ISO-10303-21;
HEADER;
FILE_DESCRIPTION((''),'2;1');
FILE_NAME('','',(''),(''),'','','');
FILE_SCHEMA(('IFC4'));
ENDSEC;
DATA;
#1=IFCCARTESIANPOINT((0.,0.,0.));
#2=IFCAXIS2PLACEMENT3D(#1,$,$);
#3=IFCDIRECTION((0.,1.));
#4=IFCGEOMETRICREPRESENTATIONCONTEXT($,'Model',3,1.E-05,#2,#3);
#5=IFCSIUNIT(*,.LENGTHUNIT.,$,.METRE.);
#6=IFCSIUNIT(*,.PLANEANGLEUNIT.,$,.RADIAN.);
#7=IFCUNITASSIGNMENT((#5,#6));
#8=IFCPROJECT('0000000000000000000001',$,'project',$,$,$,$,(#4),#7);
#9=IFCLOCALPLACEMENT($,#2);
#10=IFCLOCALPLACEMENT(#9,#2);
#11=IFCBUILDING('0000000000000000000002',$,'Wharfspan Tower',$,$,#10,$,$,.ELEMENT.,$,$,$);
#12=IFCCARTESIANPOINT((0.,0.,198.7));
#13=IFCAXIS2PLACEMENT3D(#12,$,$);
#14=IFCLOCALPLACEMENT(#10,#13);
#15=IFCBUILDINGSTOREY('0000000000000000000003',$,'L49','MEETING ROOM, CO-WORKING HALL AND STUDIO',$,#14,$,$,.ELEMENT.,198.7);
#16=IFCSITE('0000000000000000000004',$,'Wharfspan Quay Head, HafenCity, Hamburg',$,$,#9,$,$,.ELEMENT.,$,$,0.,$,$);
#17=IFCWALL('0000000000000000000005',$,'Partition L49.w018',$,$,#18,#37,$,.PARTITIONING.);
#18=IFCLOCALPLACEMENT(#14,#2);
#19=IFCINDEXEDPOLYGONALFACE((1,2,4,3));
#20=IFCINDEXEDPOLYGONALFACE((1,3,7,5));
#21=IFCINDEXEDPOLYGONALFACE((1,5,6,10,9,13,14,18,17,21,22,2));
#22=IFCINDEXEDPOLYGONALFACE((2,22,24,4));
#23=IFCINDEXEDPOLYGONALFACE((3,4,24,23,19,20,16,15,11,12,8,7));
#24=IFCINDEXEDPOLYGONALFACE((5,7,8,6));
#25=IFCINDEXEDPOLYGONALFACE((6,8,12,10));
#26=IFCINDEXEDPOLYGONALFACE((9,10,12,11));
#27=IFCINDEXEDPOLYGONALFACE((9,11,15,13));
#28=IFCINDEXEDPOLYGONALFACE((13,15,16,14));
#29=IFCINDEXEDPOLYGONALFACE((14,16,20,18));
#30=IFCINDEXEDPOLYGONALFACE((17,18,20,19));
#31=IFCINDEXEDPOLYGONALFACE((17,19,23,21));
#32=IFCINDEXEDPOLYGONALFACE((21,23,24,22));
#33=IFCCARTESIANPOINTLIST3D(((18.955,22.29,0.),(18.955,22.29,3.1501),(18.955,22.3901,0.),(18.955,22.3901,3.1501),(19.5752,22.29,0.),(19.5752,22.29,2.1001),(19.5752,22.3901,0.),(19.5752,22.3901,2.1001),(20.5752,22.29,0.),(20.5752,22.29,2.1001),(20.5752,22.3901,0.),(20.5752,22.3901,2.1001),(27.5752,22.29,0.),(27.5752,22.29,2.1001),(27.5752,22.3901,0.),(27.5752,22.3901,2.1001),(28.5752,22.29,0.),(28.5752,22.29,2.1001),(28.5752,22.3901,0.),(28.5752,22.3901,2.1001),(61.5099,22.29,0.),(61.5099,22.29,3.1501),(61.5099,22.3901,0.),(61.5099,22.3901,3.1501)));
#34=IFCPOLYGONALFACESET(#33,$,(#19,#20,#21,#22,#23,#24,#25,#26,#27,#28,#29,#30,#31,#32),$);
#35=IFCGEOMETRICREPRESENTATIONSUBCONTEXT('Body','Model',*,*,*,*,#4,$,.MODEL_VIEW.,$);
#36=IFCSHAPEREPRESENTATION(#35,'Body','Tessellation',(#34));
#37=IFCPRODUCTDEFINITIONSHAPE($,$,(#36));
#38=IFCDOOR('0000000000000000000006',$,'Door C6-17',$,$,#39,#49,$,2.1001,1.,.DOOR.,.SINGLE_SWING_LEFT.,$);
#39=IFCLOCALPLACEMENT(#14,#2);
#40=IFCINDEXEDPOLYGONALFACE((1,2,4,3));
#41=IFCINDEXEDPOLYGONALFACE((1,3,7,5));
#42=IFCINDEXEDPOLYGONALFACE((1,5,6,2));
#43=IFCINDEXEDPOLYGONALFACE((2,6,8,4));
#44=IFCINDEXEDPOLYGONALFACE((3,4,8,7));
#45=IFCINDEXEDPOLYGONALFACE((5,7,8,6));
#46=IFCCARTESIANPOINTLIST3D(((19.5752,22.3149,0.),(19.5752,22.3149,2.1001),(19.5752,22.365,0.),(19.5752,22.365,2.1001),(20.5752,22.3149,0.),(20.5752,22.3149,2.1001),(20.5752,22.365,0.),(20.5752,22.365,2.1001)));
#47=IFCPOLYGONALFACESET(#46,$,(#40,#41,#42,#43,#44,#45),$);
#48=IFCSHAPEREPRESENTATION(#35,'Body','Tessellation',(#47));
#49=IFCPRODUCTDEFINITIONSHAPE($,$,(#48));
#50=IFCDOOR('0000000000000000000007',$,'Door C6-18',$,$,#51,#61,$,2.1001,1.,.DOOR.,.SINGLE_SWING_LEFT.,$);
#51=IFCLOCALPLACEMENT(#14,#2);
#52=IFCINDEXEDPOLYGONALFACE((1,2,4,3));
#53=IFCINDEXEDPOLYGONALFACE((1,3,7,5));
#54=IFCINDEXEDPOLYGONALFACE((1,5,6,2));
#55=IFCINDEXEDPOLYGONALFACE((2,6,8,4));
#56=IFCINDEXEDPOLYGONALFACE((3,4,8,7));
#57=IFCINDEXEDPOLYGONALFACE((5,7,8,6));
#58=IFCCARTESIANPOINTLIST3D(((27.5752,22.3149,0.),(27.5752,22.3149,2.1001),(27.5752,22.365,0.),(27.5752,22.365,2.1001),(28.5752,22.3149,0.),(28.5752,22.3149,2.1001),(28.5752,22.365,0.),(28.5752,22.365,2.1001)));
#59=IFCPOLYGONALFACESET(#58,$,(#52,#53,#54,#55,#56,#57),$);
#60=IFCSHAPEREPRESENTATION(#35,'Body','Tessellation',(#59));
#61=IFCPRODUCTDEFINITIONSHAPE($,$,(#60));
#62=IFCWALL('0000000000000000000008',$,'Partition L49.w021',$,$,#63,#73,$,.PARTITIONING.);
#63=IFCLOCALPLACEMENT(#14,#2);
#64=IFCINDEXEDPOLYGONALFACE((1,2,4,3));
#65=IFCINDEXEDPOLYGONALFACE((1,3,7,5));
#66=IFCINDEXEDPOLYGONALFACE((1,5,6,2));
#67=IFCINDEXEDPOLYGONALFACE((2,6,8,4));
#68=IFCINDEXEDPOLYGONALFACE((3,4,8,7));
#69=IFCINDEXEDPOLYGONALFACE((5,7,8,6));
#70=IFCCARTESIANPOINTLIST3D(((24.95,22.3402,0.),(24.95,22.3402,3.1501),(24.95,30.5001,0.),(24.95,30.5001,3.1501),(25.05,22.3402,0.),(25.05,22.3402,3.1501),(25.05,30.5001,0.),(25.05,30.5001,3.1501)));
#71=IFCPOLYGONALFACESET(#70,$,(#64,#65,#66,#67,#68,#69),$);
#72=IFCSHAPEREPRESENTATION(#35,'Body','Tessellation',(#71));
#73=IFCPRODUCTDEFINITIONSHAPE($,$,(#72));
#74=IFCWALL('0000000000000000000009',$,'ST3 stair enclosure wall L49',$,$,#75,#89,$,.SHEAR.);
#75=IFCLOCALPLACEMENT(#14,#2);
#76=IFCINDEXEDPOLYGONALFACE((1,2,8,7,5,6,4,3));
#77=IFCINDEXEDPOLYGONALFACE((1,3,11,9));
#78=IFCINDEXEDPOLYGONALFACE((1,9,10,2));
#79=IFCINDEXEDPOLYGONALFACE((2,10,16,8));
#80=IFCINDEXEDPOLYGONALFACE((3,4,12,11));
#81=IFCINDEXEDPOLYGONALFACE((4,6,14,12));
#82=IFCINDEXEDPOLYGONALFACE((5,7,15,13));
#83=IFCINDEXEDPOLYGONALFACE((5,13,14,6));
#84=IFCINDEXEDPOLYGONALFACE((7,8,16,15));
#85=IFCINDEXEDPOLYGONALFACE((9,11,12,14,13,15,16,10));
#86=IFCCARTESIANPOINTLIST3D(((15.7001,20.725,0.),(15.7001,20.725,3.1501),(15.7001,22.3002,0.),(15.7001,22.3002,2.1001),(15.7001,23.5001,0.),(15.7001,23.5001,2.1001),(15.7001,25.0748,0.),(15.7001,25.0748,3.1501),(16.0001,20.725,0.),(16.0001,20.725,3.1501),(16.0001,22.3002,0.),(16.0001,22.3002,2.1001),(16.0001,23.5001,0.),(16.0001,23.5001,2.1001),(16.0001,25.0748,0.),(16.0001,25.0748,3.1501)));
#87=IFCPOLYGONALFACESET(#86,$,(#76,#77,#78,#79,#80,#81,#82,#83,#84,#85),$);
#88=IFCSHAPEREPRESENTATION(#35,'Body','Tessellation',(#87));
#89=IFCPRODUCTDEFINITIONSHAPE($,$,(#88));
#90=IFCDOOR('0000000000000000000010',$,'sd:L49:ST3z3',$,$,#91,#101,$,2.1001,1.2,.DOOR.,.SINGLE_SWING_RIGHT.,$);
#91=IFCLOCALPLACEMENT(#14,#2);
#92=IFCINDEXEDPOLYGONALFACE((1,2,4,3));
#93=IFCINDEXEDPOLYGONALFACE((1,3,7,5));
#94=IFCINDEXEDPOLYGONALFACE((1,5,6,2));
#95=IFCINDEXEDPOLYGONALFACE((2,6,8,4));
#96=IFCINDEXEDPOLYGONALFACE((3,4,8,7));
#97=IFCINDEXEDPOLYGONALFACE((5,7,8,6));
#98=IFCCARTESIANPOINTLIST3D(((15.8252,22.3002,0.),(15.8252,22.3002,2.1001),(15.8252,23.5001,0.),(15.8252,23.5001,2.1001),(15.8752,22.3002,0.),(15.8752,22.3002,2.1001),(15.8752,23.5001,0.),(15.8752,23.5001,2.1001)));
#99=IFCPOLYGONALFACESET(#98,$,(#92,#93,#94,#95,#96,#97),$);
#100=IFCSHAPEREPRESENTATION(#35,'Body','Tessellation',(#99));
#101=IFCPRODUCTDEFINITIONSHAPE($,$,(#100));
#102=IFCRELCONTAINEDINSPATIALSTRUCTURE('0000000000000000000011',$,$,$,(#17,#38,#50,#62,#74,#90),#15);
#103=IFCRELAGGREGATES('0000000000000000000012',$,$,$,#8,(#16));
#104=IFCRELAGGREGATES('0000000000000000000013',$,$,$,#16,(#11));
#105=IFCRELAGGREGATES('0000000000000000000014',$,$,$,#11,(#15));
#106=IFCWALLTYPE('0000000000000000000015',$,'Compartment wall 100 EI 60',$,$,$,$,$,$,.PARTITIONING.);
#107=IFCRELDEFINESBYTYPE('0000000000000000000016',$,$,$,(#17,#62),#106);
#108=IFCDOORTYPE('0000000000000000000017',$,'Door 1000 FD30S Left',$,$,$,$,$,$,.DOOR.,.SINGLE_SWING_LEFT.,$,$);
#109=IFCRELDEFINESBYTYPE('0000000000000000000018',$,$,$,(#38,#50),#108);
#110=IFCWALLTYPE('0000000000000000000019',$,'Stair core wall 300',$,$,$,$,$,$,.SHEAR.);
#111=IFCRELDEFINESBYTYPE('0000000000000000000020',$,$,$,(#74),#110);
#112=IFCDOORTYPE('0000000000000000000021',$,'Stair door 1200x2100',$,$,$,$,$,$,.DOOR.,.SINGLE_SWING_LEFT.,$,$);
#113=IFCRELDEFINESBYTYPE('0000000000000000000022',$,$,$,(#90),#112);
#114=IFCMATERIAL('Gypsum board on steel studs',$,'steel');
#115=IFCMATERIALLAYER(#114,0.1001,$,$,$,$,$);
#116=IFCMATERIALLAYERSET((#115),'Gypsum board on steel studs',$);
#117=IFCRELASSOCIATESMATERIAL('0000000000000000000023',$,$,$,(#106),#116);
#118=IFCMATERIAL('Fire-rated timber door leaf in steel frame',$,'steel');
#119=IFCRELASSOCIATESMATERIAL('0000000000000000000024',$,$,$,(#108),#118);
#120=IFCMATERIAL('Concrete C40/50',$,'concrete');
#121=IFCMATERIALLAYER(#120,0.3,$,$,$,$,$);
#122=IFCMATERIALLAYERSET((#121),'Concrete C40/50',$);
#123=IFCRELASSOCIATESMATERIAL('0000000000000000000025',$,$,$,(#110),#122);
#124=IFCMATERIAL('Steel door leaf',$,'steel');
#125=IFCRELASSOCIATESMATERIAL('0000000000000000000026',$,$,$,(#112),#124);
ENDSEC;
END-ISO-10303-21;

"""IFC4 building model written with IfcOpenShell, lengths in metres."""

from ifc_helpers import new_model, si_unit, direction, frame, frame_2d, origin, place, context, subcontext, project, spatial, rectangle, extrude, material, layer, layer_set, type_object, element, fill, save


model = new_model("IFC4")

# Units and contexts
model_context = context("Model", 3, precision=1e-05, world=origin(), true_north=direction((0.0, 1.0)))
body_context = subcontext(model_context, "Body", "Model", "MODEL_VIEW")
ifc_project = project(units=[si_unit("LENGTHUNIT", "METRE"), si_unit("PLANEANGLEUNIT", "RADIAN")], contexts=[model_context])

# Site, building, storey
site_placement = place(None, origin())
site = spatial("IfcSite", under=ifc_project, at=site_placement, Name="Wharfspan Quay Head, HafenCity, Hamburg", CompositionType="ELEMENT", RefElevation=0.0)
building_placement = place(site_placement, origin())
building = spatial("IfcBuilding", under=site, at=building_placement, Name="Wharfspan Tower", CompositionType="ELEMENT")
storey_placement = place(building_placement, frame((0.0, 0.0, 198.7)))
storey = spatial("IfcBuildingStorey", under=building, at=storey_placement, Name="L49", Description="MEETING ROOM, CO-WORKING HALL AND STUDIO", CompositionType="ELEMENT", Elevation=198.7)

# Shared definitions
ifc_material_1 = material(Name="Gypsum board on steel studs", Category="steel")
ifc_layer_1 = layer(ifc_material_1, 0.1001)
ifc_layer_set_1 = layer_set([ifc_layer_1], Name="Gypsum board on steel studs")
wall_type_1 = type_object("IfcWallType", Name="Compartment wall 100 EI 60", PredefinedType="PARTITIONING", material=ifc_layer_set_1)
ifc_material_2 = material(Name="Fire-rated timber door leaf in steel frame", Category="steel")

# Wall, openings, doors
wall_1_placement = place(storey_placement, frame((18.9551, 22.3401, 0.0), z_axis=(0.0, 0.0, 1.0), x_axis=(1.0, 0.0, 0.0)))
wall_1 = element("IfcWall", 1, at=wall_1_placement, inside=storey, type_object=wall_type_1, Name="Partition L49.w018", PredefinedType="PARTITIONING", context=body_context, shape_type="SweptSolid", body=[
    extrude(rectangle(XDim=42.5549, YDim=0.1001, at=frame_2d((21.2773, 0.0))), origin(), (0.0, 0.0, 1.0), 3.1501),
])
opening_1_placement = place(wall_1_placement, frame((0.6201, 0.0, 0.0)))
opening_1 = element("IfcOpeningElement", 2, at=opening_1_placement, cuts=wall_1, PredefinedType="OPENING", context=body_context, shape_type="SweptSolid", body=[
    extrude(rectangle(XDim=1.0, YDim=2.1001, at=frame_2d((0.5, 1.05))), frame((0.0, 0.0601, 0.0), z_axis=(0.0, -1.0, 0.0), x_axis=(1.0, 0.0, 0.0)), (0.0, 0.0, 1.0), 0.1201),
])
opening_2_placement = place(wall_1_placement, frame((8.6201, 0.0, 0.0)))
opening_2 = element("IfcOpeningElement", 3, at=opening_2_placement, cuts=wall_1, PredefinedType="OPENING", context=body_context, shape_type="SweptSolid", body=[
    extrude(rectangle(XDim=1.0, YDim=2.1001, at=frame_2d((0.5, 1.05))), frame((0.0, 0.0601, 0.0), z_axis=(0.0, -1.0, 0.0), x_axis=(1.0, 0.0, 0.0)), (0.0, 0.0, 1.0), 0.1201),
])
door_type_1 = type_object("IfcDoorType", Name="Door 1000 FD30S Left", OperationType="SINGLE_SWING_LEFT", PredefinedType="DOOR", material=ifc_material_2)
door_1_placement = place(opening_1_placement, origin())
door_1 = element("IfcDoor", 4, at=door_1_placement, inside=storey, type_object=door_type_1, Name="Door C6-17", OperationType="SINGLE_SWING_LEFT", OverallHeight=2.1001, OverallWidth=1.0, PredefinedType="DOOR", context=body_context, shape_type="SweptSolid", body=[
    extrude(rectangle(XDim=1.0, YDim=2.1001, at=frame_2d((0.5, 1.05))), frame((0.0, 0.0249, 0.0), z_axis=(0.0, -1.0, 0.0), x_axis=(1.0, 0.0, 0.0)), (0.0, 0.0, 1.0), 0.05),
])
fill(opening_1, door_1)
door_2_placement = place(opening_2_placement, origin())
door_2 = element("IfcDoor", 5, at=door_2_placement, inside=storey, type_object=door_type_1, Name="Door C6-18", OperationType="SINGLE_SWING_LEFT", OverallHeight=2.1001, OverallWidth=1.0, PredefinedType="DOOR", context=body_context, shape_type="SweptSolid", body=[
    extrude(rectangle(XDim=1.0, YDim=2.1001, at=frame_2d((0.5, 1.05))), frame((0.0, 0.0249, 0.0), z_axis=(0.0, -1.0, 0.0), x_axis=(1.0, 0.0, 0.0)), (0.0, 0.0, 1.0), 0.05),
])
fill(opening_2, door_2)

# Wall
wall_2_placement = place(storey_placement, frame((25.0, 22.3401, 0.0), z_axis=(0.0, 0.0, 1.0), x_axis=(0.0, 1.0, 0.0)))
element("IfcWall", 6, at=wall_2_placement, inside=storey, type_object=wall_type_1, Name="Partition L49.w021", PredefinedType="PARTITIONING", context=body_context, shape_type="SweptSolid", body=[
    extrude(rectangle(XDim=8.1599, YDim=0.1001, at=frame_2d((4.0801, 0.0))), origin(), (0.0, 0.0, 1.0), 3.1501),
])

# Wall, opening, door
ifc_material_3 = material(Name="Concrete C40/50", Category="concrete")
ifc_layer_2 = layer(ifc_material_3, 0.3)
ifc_layer_set_2 = layer_set([ifc_layer_2], Name="Concrete C40/50")
wall_type_2 = type_object("IfcWallType", Name="Stair core wall 300", PredefinedType="SHEAR", material=ifc_layer_set_2)
wall_3_placement = place(storey_placement, frame((15.8501, 20.7251, 0.0), z_axis=(0.0, 0.0, 1.0), x_axis=(0.0, 1.0, 0.0)))
wall_3 = element("IfcWall", 7, at=wall_3_placement, inside=storey, type_object=wall_type_2, Name="ST3 stair enclosure wall L49", PredefinedType="SHEAR", context=body_context, shape_type="SweptSolid", body=[
    extrude(rectangle(XDim=4.3499, YDim=0.3, at=frame_2d((2.1748, 0.0))), origin(), (0.0, 0.0, 1.0), 3.1501),
])
opening_3_placement = place(wall_3_placement, frame((1.575, 0.0, 0.0)))
opening_3 = element("IfcOpeningElement", 8, at=opening_3_placement, cuts=wall_3, PredefinedType="OPENING", context=body_context, shape_type="SweptSolid", body=[
    extrude(rectangle(XDim=1.2, YDim=2.1001, at=frame_2d((0.6001, 1.05))), frame((0.0, 0.1599, 0.0), z_axis=(0.0, -1.0, 0.0), x_axis=(1.0, 0.0, 0.0)), (0.0, 0.0, 1.0), 0.3201),
])
ifc_material_4 = material(Name="Steel door leaf", Category="steel")
door_type_2 = type_object("IfcDoorType", Name="Stair door 1200x2100", OperationType="SINGLE_SWING_LEFT", PredefinedType="DOOR", material=ifc_material_4)
door_3_placement = place(opening_3_placement, origin())
door_3 = element("IfcDoor", 9, at=door_3_placement, inside=storey, type_object=door_type_2, Name="sd:L49:ST3z3", OperationType="SINGLE_SWING_RIGHT", OverallHeight=2.1001, OverallWidth=1.2, PredefinedType="DOOR", context=body_context, shape_type="SweptSolid", body=[
    extrude(rectangle(XDim=1.2, YDim=2.1001, at=frame_2d((0.6001, 1.05))), frame((0.0, 0.0249, 0.0), z_axis=(0.0, -1.0, 0.0), x_axis=(1.0, 0.0, 0.0)), (0.0, 0.0, 1.0), 0.05),
])
fill(opening_3, door_3)

save(model, "model.ifc")
